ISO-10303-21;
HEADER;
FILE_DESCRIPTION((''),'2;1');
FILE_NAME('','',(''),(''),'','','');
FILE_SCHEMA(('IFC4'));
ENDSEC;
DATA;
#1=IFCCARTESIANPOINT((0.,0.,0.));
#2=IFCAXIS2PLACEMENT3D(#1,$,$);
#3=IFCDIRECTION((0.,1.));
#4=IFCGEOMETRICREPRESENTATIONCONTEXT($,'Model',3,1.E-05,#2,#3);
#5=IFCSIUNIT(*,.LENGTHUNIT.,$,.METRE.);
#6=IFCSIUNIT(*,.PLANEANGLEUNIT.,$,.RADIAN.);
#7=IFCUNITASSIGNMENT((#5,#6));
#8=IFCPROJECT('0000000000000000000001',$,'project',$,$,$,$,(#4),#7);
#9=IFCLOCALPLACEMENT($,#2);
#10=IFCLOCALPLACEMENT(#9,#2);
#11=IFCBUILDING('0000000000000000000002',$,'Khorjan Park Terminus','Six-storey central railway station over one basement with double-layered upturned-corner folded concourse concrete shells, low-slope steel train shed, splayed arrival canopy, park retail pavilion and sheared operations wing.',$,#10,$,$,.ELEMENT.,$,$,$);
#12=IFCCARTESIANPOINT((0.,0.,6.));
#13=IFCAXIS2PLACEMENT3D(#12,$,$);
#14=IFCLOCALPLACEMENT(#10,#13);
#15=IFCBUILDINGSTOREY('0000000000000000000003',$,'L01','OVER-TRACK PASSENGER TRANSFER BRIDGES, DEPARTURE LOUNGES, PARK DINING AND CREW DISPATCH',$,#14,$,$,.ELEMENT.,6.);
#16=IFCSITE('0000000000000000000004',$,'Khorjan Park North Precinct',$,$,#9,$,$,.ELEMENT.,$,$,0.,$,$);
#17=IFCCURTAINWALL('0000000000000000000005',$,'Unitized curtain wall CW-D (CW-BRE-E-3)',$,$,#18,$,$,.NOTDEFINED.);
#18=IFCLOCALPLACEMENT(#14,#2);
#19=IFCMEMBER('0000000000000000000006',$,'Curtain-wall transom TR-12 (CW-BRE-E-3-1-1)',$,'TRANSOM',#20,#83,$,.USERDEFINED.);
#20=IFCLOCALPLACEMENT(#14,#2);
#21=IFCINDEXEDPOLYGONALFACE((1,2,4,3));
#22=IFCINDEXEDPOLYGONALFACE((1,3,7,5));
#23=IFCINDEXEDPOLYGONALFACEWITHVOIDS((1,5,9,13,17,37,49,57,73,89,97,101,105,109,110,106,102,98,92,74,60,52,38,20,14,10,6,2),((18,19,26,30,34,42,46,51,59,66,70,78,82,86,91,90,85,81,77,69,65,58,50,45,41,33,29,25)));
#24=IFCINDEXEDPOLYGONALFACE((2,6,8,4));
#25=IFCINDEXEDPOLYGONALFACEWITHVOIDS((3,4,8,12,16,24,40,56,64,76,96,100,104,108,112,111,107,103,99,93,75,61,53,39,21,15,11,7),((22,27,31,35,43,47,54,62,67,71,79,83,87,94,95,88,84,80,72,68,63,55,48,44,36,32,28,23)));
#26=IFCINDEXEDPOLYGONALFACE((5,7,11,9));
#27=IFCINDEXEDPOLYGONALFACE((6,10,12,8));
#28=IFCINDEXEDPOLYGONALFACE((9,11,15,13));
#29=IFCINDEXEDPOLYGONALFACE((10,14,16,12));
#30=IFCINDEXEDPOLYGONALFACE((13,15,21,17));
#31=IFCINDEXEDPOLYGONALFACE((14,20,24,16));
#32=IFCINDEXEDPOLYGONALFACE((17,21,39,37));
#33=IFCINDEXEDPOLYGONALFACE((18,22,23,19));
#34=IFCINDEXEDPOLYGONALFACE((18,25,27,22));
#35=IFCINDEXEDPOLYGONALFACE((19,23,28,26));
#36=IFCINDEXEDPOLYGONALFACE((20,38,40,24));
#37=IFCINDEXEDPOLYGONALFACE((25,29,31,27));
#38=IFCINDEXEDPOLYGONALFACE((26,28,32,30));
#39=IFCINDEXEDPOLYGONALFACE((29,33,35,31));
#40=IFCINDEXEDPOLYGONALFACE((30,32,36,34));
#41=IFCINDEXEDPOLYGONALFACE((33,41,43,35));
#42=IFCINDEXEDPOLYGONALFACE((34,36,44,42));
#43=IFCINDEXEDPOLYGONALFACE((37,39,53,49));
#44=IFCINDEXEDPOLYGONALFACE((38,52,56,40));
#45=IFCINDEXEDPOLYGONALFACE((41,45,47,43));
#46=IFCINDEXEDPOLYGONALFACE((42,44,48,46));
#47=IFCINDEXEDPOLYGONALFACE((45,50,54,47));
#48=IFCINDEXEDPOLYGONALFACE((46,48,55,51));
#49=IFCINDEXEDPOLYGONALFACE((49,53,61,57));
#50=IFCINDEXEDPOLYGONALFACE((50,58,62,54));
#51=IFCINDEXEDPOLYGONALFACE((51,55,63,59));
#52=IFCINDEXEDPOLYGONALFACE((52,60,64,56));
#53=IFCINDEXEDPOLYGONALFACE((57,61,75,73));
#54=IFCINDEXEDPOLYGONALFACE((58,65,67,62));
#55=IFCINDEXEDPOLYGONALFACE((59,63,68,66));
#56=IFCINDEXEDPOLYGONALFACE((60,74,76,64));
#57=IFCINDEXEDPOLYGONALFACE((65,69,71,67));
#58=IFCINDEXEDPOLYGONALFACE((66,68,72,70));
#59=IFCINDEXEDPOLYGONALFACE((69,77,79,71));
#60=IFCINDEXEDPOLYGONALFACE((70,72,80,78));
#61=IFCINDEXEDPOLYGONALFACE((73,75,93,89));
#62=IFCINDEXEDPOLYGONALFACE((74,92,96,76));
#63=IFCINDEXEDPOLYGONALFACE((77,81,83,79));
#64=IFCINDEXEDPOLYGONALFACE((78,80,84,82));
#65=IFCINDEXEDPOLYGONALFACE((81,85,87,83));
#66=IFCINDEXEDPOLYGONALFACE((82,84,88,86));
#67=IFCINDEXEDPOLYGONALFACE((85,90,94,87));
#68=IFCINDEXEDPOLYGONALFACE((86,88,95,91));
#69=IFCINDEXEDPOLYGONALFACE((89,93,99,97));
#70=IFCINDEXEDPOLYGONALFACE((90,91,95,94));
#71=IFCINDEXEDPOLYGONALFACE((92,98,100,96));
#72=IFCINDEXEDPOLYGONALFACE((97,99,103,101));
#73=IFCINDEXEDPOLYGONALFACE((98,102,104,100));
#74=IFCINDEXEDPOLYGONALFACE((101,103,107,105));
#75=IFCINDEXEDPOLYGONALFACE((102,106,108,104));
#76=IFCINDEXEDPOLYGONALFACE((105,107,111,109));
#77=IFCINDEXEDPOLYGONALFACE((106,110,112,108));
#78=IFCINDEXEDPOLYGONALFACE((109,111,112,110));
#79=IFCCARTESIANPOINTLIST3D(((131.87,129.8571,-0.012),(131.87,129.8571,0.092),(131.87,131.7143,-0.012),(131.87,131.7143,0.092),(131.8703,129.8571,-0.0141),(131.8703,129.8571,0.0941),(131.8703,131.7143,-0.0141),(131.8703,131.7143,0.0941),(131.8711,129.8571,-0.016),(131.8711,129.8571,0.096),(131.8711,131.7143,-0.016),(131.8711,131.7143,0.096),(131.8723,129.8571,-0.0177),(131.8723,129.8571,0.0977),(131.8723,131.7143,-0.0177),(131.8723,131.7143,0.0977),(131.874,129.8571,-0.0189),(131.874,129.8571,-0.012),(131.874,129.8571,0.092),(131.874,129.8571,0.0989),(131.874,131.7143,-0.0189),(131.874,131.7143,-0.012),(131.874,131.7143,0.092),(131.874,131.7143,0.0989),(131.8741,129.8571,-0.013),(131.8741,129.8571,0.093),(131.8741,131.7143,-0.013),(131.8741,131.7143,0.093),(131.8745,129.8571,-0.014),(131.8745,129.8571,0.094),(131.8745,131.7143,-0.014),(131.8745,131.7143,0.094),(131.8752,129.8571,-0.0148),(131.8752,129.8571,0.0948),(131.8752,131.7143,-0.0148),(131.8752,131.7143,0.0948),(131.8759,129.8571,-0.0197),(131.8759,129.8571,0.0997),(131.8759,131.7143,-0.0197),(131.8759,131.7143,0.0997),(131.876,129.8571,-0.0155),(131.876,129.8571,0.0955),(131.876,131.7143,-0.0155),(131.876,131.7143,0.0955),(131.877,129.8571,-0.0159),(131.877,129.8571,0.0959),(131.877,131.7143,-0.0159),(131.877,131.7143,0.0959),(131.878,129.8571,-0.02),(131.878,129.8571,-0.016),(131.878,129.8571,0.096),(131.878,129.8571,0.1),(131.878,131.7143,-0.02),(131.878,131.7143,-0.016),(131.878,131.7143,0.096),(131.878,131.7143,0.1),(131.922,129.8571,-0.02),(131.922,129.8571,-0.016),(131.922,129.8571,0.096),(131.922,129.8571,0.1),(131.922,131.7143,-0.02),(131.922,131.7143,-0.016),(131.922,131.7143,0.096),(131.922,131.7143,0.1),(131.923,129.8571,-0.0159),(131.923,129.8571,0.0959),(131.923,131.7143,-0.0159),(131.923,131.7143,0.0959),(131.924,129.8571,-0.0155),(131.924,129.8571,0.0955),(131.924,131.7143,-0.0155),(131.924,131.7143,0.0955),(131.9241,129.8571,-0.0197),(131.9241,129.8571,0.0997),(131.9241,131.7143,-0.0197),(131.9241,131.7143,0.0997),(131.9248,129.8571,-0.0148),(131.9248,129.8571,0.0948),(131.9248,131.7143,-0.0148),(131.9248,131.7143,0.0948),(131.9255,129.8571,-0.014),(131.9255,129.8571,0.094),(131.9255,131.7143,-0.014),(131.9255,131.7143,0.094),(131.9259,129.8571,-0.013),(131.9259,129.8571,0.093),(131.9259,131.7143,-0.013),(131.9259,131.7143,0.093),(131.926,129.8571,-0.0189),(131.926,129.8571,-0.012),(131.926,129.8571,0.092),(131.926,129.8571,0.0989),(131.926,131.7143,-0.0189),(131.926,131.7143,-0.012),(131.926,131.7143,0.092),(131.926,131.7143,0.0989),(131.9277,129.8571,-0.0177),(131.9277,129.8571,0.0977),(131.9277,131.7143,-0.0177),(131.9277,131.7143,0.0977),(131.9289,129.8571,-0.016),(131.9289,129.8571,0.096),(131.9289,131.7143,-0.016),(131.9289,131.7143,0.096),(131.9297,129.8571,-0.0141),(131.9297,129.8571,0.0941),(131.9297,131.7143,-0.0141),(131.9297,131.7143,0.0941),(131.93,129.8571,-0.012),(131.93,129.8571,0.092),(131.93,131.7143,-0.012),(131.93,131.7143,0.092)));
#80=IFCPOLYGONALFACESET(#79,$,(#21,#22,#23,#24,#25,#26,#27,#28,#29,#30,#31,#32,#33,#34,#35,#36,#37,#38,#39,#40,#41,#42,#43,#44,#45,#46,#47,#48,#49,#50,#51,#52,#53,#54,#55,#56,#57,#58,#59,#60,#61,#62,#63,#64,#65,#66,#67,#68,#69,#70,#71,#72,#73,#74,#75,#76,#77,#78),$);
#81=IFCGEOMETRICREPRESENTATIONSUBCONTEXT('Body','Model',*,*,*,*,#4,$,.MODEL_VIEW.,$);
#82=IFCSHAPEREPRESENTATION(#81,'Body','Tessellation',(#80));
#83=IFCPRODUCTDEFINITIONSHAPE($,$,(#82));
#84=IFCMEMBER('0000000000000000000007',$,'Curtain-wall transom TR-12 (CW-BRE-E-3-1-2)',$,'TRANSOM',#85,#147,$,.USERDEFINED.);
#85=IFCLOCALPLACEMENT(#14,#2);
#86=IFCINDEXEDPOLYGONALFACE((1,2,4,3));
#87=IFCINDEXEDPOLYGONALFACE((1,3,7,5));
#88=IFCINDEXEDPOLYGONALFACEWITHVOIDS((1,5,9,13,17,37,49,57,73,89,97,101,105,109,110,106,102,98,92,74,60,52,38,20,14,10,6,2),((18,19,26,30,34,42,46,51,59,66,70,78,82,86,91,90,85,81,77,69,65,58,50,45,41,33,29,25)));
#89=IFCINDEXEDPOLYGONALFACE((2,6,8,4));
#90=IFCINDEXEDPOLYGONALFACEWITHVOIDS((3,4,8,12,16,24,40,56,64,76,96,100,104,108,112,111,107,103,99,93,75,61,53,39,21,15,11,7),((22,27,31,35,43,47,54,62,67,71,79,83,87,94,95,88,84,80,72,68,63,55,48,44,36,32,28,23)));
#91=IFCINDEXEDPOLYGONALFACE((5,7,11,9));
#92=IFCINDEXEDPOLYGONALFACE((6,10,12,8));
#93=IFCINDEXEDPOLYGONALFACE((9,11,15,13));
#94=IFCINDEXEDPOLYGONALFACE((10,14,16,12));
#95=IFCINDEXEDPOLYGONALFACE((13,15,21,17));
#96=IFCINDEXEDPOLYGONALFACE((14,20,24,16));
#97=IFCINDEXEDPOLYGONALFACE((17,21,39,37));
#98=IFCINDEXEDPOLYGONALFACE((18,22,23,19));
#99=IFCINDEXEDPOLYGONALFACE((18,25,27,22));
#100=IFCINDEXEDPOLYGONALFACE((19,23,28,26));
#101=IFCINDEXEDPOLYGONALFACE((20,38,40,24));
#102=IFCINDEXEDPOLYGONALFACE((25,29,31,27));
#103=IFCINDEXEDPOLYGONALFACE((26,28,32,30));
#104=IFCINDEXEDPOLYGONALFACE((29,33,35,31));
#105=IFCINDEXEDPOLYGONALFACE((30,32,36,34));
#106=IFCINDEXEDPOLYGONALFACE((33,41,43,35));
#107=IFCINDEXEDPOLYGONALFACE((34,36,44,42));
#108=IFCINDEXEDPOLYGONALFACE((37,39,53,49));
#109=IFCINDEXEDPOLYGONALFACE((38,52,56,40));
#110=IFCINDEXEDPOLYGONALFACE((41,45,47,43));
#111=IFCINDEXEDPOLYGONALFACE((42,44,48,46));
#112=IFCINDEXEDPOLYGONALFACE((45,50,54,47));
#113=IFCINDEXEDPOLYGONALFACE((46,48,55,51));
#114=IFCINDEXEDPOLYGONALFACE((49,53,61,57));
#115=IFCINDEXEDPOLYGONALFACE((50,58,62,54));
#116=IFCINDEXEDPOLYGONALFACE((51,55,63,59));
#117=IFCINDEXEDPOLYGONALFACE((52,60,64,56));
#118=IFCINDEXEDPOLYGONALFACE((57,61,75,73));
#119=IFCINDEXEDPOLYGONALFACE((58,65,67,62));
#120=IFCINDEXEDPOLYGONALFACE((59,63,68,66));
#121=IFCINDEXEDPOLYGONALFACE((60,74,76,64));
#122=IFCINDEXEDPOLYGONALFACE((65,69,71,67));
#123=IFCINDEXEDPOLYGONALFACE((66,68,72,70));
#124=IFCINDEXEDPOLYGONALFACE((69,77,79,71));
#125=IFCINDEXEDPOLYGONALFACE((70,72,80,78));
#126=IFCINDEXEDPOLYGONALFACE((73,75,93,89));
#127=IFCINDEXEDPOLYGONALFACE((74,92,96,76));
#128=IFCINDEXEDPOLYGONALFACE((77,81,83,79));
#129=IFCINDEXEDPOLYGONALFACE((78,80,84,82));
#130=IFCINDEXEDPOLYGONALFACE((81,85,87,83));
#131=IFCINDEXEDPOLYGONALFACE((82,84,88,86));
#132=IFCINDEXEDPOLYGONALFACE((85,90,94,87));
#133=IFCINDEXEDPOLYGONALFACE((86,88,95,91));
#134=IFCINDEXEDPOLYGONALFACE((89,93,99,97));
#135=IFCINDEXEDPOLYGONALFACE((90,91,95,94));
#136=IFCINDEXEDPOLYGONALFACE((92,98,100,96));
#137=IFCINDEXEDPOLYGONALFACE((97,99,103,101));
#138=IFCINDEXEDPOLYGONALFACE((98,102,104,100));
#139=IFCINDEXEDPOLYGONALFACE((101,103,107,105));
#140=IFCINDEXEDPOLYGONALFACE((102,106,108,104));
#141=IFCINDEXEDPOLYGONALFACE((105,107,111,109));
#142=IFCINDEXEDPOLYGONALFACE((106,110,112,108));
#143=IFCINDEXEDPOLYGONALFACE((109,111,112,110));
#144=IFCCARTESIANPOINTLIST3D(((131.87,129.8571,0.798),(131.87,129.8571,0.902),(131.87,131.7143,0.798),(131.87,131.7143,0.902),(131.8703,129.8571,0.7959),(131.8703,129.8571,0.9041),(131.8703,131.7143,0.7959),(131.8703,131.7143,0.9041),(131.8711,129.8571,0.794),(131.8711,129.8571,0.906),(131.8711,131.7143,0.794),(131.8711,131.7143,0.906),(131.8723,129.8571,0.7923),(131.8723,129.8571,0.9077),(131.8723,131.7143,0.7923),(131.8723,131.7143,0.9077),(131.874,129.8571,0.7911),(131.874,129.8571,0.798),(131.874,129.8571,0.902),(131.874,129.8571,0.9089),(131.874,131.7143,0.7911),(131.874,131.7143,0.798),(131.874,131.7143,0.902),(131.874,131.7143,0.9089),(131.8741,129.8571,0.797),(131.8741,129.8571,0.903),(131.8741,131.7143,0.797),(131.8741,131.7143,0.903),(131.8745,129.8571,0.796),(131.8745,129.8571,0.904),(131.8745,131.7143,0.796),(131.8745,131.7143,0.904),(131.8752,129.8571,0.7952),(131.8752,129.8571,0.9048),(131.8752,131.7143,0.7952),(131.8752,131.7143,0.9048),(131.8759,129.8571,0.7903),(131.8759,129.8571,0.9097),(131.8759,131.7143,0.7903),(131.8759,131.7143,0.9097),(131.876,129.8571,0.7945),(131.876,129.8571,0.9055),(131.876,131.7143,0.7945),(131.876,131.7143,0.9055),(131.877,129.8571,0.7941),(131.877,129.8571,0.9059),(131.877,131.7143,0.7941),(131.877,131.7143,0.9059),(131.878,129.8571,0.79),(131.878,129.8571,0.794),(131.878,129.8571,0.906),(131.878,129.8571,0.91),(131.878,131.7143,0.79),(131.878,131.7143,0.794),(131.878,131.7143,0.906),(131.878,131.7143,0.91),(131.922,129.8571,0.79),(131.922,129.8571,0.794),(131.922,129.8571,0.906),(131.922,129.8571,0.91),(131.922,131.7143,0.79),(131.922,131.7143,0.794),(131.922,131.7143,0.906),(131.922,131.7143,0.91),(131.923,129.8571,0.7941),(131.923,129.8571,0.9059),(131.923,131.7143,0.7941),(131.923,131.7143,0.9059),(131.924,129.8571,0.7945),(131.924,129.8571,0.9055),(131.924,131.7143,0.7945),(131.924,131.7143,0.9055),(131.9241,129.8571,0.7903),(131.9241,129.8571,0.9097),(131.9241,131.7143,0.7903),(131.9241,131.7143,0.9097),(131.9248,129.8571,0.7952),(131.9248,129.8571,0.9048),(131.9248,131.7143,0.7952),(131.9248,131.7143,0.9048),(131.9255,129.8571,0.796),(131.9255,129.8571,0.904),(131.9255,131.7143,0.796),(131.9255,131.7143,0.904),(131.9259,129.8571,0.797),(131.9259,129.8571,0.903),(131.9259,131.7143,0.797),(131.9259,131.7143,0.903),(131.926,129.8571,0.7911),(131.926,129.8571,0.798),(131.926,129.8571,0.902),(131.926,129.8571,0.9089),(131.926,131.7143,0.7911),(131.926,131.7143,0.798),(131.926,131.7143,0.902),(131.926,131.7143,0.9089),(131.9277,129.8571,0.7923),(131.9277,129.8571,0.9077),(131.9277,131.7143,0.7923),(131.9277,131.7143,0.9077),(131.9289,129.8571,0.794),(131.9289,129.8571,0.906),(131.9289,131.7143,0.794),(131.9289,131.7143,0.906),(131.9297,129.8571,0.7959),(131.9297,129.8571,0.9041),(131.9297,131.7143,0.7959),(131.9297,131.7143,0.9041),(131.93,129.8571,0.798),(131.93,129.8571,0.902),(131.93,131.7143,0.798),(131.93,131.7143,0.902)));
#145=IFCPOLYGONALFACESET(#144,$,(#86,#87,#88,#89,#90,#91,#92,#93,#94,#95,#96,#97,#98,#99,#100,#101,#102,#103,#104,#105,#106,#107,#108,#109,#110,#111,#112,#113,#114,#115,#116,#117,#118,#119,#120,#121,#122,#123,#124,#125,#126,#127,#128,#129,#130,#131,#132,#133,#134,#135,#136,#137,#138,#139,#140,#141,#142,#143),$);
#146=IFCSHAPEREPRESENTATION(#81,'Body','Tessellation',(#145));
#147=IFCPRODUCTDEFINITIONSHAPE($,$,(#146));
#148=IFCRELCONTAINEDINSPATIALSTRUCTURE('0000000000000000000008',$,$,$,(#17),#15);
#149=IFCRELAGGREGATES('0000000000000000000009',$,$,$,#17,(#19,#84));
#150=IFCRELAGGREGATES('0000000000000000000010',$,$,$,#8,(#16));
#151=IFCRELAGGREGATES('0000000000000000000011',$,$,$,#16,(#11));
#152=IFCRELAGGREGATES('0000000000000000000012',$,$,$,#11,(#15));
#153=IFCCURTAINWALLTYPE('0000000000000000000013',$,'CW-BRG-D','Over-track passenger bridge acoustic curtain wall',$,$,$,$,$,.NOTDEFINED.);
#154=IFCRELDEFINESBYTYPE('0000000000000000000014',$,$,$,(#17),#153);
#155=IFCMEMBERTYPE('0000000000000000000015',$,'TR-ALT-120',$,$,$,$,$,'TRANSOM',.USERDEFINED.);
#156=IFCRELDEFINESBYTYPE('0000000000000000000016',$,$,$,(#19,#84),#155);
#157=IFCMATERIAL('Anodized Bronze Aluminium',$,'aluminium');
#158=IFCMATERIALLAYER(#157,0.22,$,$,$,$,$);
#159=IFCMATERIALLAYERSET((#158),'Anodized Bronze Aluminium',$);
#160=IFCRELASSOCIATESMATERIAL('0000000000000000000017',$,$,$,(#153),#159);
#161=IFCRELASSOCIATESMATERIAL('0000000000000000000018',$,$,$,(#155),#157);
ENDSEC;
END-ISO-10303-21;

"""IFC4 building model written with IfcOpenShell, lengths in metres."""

from ifc_helpers import new_model, si_unit, direction, frame, origin, origin_2d, place, context, subcontext, project, spatial, hollow_rectangle, extrude, material, layer, layer_set, material_profile, profile_set, type_object, element, aggregate, save


model = new_model("IFC4")

# Units and contexts
model_context = context("Model", 3, precision=1e-05, world=origin(), true_north=direction((0.0, 1.0)))
body_context = subcontext(model_context, "Body", "Model", "MODEL_VIEW")
ifc_project = project(units=[si_unit("LENGTHUNIT", "METRE"), si_unit("PLANEANGLEUNIT", "RADIAN")], contexts=[model_context])

# Site, building, storey
site_placement = place(None, origin())
site = spatial("IfcSite", under=ifc_project, at=site_placement, Name="Khorjan Park North Precinct", CompositionType="ELEMENT", RefElevation=0.0)
building_placement = place(site_placement, origin())
building = spatial("IfcBuilding", under=site, at=building_placement, Name="Khorjan Park Terminus", Description="Six-storey central railway station over one basement with double-layered upturned-corner folded concourse concrete shells, low-slope steel train shed, splayed arrival canopy, park retail pavilion and sheared operations wing.", CompositionType="ELEMENT")
storey_placement = place(building_placement, frame((0.0, 0.0, 6.0)))
storey = spatial("IfcBuildingStorey", under=building, at=storey_placement, Name="L01", Description="OVER-TRACK PASSENGER TRANSFER BRIDGES, DEPARTURE LOUNGES, PARK DINING AND CREW DISPATCH", CompositionType="ELEMENT", Elevation=6.0)

# Shared definitions
ifc_material_1 = material(Name="Anodized Bronze Aluminium", Category="aluminium")
ifc_layer_1 = layer(ifc_material_1, 0.22)
ifc_layer_set_1 = layer_set([ifc_layer_1], Name="Anodized Bronze Aluminium")
curtain_wall_type = type_object("IfcCurtainWallType", Name="CW-BRG-D", Description="Over-track passenger bridge acoustic curtain wall", PredefinedType="NOTDEFINED", material=ifc_layer_set_1)

# Curtain wall
curtain_wall_1_placement = place(storey_placement, origin())
curtain_wall_1 = element("IfcCurtainWall", 1, at=curtain_wall_1_placement, inside=storey, type_object=curtain_wall_type, Name="Unitized curtain wall CW-D (CW-BRE-E-3)", PredefinedType="NOTDEFINED")

# Members
ifc_material_profile_1 = material_profile(ifc_material_1, hollow_rectangle(XDim=0.06, YDim=0.12, WallThickness=0.004, InnerFilletRadius=0.004, OuterFilletRadius=0.008, at=origin_2d()), Name="ALT 60x120x4")
ifc_profile_set_1 = profile_set([ifc_material_profile_1], Name="Anodized Bronze Aluminium")
member_type_1 = type_object("IfcMemberType", Name="TR-ALT-120", ElementType="TRANSOM", PredefinedType="USERDEFINED", material=ifc_profile_set_1)
member_1_placement = place(storey_placement, frame((131.9, 129.8571, 0.04), z_axis=(0.0, 1.0, 0.0), x_axis=(-1.0, 0.0, 0.0)))
member_1 = element("IfcMember", 2, at=member_1_placement, type_object=member_type_1, Name="Curtain-wall transom TR-12 (CW-BRE-E-3-1-1)", ObjectType="TRANSOM", PredefinedType="USERDEFINED", context=body_context, shape_type="SweptSolid", body=[
    extrude(hollow_rectangle(XDim=0.06, YDim=0.12, WallThickness=0.004, InnerFilletRadius=0.004, OuterFilletRadius=0.008, at=origin_2d()), origin(), (0.0, 0.0, 1.0), 1.8572),
])
member_2_placement = place(storey_placement, frame((131.9, 129.8571, 0.85), z_axis=(0.0, 1.0, 0.0), x_axis=(-1.0, 0.0, 0.0)))
member_2 = element("IfcMember", 3, at=member_2_placement, type_object=member_type_1, Name="Curtain-wall transom TR-12 (CW-BRE-E-3-1-2)", ObjectType="TRANSOM", PredefinedType="USERDEFINED", context=body_context, shape_type="SweptSolid", body=[
    extrude(hollow_rectangle(XDim=0.06, YDim=0.12, WallThickness=0.004, InnerFilletRadius=0.004, OuterFilletRadius=0.008, at=origin_2d()), origin(), (0.0, 0.0, 1.0), 1.8572),
])

aggregate(curtain_wall_1, [member_1, member_2])

save(model, "model.ifc")
